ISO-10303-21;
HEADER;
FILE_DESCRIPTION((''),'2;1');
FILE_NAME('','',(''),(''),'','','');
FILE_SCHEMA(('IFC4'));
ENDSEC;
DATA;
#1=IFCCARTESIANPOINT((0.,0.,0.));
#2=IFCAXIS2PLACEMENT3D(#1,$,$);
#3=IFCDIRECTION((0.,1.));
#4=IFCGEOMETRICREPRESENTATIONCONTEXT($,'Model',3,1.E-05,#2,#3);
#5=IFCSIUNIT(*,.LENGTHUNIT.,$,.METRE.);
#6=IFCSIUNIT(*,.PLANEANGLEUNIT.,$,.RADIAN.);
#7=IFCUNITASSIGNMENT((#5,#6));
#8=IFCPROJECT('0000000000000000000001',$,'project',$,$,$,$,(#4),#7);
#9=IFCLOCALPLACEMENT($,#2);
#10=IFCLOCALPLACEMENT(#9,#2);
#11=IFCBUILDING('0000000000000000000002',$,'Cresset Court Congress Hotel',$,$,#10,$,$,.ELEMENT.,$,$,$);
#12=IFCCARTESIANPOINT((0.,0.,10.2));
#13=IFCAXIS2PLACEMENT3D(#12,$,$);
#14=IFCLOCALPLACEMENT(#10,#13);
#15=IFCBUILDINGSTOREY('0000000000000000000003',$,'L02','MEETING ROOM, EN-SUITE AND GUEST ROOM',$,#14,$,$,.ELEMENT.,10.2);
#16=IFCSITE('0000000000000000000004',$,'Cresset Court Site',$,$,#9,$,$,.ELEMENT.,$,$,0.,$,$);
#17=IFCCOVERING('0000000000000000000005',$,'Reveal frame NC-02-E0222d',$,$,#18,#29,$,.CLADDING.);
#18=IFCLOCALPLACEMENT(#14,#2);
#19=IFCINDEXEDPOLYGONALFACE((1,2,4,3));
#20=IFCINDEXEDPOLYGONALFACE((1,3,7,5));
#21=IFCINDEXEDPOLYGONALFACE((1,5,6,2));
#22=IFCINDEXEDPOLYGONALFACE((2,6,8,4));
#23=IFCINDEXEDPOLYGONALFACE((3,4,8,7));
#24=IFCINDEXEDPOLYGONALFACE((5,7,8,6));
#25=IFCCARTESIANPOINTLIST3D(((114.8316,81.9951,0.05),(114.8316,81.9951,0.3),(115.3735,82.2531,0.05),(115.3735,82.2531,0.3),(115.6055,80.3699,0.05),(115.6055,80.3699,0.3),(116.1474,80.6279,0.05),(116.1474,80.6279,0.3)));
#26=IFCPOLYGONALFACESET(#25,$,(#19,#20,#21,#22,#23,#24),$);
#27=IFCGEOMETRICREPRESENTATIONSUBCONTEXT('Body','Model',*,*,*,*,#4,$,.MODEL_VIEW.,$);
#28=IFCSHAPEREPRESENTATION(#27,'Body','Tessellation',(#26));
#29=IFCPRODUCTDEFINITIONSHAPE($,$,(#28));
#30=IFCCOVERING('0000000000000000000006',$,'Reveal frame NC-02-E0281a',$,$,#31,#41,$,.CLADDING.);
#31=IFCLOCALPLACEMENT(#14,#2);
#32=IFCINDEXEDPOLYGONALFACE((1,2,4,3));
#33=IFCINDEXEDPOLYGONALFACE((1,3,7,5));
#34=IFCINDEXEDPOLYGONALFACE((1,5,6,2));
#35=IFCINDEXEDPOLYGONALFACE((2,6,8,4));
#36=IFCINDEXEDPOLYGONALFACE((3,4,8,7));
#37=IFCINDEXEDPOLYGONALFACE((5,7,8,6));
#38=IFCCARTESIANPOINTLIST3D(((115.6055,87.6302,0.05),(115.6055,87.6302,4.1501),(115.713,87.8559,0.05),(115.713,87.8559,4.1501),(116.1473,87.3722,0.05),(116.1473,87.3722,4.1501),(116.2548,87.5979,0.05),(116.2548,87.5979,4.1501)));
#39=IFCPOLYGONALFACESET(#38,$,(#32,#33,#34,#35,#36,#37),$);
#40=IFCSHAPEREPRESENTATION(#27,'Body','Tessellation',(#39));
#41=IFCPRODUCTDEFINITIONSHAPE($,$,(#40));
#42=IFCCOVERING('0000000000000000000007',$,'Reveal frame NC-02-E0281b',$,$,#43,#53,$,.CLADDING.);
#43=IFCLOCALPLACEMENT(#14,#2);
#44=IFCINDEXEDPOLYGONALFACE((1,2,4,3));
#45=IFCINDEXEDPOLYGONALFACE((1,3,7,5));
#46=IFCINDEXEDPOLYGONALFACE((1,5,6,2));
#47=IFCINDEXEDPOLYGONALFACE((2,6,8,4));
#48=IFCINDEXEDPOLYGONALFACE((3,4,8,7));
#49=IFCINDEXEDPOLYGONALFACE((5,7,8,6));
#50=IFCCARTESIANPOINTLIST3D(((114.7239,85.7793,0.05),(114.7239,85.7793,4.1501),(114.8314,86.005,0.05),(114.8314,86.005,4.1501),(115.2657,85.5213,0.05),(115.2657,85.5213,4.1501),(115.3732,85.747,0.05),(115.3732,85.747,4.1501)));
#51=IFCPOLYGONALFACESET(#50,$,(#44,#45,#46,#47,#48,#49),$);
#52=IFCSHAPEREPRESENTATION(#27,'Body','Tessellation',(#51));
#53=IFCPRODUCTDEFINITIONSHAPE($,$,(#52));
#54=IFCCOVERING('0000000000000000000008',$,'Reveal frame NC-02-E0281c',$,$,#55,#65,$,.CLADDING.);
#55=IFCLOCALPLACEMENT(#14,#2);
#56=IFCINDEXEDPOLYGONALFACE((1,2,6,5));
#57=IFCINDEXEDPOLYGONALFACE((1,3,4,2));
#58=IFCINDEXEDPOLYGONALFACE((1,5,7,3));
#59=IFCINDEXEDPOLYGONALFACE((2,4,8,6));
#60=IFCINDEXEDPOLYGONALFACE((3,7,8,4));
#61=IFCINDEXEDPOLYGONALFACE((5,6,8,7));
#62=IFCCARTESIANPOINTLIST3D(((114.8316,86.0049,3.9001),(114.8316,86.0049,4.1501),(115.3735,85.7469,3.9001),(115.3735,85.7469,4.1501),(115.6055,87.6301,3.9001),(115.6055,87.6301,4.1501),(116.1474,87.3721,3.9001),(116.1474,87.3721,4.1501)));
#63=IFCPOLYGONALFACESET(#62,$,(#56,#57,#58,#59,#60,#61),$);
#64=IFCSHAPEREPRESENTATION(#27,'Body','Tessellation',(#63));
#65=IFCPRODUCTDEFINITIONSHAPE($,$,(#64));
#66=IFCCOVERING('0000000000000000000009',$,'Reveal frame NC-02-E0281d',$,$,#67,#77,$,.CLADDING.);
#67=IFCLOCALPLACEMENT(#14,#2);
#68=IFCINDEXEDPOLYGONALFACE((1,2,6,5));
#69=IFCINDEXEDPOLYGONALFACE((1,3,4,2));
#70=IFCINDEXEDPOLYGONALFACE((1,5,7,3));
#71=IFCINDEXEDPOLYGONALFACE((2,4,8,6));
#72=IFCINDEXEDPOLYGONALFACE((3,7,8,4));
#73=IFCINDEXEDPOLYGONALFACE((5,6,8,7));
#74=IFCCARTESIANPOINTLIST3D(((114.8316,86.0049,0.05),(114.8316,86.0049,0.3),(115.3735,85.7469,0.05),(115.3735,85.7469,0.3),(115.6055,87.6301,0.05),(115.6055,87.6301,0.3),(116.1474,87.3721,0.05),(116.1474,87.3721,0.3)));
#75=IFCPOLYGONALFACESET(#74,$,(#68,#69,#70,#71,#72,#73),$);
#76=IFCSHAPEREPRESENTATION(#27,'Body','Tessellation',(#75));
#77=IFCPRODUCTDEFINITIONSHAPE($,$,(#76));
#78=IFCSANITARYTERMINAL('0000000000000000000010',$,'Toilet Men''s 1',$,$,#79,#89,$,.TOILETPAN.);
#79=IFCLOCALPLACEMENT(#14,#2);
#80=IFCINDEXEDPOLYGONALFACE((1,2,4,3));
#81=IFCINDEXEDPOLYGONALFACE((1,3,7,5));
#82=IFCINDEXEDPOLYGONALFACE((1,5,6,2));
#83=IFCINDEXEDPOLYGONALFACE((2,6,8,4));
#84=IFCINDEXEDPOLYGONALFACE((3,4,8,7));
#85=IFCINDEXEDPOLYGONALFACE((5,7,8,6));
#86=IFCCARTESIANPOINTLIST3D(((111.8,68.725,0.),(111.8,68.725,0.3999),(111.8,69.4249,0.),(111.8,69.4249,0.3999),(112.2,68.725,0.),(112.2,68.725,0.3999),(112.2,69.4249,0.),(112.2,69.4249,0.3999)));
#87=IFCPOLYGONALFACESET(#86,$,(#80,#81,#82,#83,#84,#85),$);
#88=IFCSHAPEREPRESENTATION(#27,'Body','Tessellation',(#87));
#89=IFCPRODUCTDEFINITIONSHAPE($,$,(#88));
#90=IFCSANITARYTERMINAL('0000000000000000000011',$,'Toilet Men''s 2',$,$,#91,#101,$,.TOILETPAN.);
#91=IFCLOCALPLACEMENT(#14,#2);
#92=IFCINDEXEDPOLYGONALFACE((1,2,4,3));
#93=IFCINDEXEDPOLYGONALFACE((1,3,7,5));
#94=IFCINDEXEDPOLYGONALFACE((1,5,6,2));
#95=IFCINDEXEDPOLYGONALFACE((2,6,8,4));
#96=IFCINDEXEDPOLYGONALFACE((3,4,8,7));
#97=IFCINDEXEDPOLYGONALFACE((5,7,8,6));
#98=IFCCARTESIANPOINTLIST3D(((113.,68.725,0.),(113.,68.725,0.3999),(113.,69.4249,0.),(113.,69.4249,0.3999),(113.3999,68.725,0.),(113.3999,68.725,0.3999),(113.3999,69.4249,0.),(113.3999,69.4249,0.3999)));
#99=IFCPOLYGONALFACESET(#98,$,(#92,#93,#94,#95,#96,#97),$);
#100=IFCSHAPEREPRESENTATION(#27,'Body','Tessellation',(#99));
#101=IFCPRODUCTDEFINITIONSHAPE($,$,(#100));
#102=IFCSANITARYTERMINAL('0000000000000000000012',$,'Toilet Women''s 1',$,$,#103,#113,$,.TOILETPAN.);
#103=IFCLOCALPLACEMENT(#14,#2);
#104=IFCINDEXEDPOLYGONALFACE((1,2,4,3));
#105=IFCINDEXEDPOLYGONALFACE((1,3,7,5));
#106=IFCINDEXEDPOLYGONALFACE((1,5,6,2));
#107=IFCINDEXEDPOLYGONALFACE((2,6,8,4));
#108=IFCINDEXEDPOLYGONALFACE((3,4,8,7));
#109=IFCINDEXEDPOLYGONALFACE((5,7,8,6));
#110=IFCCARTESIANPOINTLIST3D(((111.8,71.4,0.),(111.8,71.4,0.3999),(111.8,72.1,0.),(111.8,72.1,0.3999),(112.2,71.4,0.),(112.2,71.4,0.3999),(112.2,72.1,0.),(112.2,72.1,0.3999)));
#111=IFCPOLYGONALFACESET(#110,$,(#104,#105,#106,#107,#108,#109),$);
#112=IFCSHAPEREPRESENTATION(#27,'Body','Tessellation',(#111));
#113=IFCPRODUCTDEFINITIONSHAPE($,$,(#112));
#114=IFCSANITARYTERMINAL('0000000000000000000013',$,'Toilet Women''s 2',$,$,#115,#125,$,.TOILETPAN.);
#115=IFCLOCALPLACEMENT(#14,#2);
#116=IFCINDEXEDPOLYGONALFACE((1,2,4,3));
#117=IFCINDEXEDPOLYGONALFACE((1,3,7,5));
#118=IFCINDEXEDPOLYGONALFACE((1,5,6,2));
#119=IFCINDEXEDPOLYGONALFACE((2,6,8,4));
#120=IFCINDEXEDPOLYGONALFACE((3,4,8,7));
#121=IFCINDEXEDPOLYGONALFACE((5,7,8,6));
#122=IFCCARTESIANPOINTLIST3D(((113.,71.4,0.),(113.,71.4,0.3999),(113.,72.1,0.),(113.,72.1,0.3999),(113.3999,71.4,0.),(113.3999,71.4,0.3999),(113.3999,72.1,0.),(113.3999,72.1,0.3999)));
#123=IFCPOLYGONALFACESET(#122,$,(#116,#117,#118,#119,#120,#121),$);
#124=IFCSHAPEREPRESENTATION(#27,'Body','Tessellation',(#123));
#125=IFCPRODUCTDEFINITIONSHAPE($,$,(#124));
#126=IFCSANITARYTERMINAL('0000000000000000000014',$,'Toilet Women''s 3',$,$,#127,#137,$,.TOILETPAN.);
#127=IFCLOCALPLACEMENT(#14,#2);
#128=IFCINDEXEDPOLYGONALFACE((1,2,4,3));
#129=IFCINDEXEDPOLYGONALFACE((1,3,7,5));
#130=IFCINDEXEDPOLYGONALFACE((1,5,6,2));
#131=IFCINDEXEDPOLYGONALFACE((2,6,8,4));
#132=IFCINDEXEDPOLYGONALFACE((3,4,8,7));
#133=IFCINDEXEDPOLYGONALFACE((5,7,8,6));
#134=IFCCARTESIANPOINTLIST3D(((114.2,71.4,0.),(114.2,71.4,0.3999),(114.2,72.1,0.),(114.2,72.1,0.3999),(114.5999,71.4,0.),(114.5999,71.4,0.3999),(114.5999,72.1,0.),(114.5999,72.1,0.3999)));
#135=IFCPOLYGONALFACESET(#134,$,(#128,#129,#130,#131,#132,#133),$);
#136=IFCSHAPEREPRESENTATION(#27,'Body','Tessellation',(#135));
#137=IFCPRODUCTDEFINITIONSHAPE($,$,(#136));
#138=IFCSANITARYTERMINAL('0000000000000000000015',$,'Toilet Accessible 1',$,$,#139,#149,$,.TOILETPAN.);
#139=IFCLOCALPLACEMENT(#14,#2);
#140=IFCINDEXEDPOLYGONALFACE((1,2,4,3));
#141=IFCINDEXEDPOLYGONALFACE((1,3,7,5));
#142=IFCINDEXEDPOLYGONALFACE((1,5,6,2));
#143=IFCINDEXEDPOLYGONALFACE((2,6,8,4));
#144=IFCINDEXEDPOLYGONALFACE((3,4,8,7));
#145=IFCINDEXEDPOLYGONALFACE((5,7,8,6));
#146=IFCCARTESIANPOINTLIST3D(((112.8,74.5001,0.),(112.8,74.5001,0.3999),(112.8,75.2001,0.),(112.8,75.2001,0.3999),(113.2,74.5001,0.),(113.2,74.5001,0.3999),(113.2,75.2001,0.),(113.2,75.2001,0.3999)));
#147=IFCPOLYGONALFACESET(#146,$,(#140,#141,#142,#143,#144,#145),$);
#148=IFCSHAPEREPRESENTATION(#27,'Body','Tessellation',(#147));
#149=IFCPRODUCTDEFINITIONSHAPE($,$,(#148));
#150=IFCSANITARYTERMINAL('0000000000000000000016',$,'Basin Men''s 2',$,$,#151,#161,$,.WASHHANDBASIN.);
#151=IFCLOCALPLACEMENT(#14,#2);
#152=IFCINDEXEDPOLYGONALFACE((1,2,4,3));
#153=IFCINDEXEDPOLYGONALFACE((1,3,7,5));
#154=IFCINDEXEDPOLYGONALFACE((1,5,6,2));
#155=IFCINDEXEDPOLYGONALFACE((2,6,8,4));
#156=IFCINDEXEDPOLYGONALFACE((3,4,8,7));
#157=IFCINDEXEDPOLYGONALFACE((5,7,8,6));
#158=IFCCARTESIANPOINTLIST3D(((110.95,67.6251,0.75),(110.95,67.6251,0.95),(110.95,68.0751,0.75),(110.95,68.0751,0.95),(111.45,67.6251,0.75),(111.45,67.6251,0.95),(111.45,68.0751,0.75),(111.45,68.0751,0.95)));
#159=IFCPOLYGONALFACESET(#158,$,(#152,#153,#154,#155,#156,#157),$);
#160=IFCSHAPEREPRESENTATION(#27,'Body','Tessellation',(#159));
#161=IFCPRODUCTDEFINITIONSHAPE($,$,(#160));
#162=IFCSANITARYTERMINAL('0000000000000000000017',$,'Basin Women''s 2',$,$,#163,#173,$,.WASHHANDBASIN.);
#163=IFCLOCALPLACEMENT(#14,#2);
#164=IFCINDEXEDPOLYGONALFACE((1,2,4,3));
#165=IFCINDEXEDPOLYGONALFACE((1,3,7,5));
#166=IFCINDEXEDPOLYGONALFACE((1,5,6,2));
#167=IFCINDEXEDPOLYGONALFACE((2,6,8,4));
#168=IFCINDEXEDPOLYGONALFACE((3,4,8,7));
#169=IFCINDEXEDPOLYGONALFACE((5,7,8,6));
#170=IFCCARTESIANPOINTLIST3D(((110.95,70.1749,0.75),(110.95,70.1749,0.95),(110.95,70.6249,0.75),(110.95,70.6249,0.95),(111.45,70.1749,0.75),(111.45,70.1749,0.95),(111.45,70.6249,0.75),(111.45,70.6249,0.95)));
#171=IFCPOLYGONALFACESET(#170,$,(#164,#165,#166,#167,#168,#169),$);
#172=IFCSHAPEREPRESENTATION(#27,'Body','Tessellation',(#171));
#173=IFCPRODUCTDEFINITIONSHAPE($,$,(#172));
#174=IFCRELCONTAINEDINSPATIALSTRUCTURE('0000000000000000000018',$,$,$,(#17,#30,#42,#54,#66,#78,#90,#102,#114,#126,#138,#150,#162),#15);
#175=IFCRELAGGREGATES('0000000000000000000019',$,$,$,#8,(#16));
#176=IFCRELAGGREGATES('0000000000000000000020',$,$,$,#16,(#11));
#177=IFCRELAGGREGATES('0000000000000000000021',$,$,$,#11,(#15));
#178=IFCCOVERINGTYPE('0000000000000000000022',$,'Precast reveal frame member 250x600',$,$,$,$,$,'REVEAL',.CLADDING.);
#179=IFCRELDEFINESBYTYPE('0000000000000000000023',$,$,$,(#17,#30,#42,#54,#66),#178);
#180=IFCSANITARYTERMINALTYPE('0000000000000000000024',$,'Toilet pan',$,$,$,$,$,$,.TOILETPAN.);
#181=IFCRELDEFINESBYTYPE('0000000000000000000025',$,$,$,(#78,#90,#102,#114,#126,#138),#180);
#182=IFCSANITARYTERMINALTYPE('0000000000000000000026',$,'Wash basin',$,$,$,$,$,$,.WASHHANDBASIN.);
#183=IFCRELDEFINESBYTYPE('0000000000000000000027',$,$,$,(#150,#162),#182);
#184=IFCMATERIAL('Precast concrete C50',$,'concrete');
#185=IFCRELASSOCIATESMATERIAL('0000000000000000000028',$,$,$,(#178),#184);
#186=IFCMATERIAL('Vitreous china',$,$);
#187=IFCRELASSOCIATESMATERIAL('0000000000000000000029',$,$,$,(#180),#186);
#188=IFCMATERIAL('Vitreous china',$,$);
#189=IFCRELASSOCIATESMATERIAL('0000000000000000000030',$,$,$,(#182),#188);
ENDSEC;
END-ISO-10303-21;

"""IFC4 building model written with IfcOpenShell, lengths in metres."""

from ifc_helpers import new_model, si_unit, direction, frame, origin, origin_2d, place, context, subcontext, project, spatial, rectangle, extrude, material, type_object, element, save


model = new_model("IFC4")

# Units and contexts
model_context = context("Model", 3, precision=1e-05, world=origin(), true_north=direction((0.0, 1.0)))
body_context = subcontext(model_context, "Body", "Model", "MODEL_VIEW")
ifc_project = project(units=[si_unit("LENGTHUNIT", "METRE"), si_unit("PLANEANGLEUNIT", "RADIAN")], contexts=[model_context])

# Site, building, storey
site_placement = place(None, origin())
site = spatial("IfcSite", under=ifc_project, at=site_placement, Name="Cresset Court Site", CompositionType="ELEMENT", RefElevation=0.0)
building_placement = place(site_placement, origin())
building = spatial("IfcBuilding", under=site, at=building_placement, Name="Cresset Court Congress Hotel", CompositionType="ELEMENT")
storey_placement = place(building_placement, frame((0.0, 0.0, 10.2)))
storey = spatial("IfcBuildingStorey", under=building, at=storey_placement, Name="L02", Description="MEETING ROOM, EN-SUITE AND GUEST ROOM", CompositionType="ELEMENT", Elevation=10.2)

# Coverings
ifc_material_1 = material(Name="Precast concrete C50", Category="concrete")
covering_type = type_object("IfcCoveringType", Name="Precast reveal frame member 250x600", ElementType="REVEAL", PredefinedType="CLADDING", material=ifc_material_1)
for number, where, z_axis, x_axis, name in (
    (1, (115.4895, 81.3115, 0.05), (0.0, 0.0, 1.0), (0.429933, -0.902861, 0.0), "Reveal frame NC-02-E0222d"),
):
    element("IfcCovering", number, at=place(storey_placement, frame(where, z_axis=z_axis, x_axis=x_axis)), inside=storey, type_object=covering_type, Name=name, PredefinedType="CLADDING", context=body_context, shape_type="SweptSolid", body=[
        extrude(rectangle(XDim=1.8, YDim=0.6001, at=origin_2d()), origin(), (0.0, 0.0, 1.0), 0.25),
    ])
for number, where, z_axis, x_axis, name in (
    (2, (115.9302, 87.614, 0.05), (0.0, 0.0, 1.0), (-0.429933, -0.902861, 0.0), "Reveal frame NC-02-E0281a"),
    (3, (115.0486, 85.7632, 0.05), (0.0, 0.0, 1.0), (-0.429933, -0.902861, 0.0), "Reveal frame NC-02-E0281b"),
):
    element("IfcCovering", number, at=place(storey_placement, frame(where, z_axis=z_axis, x_axis=x_axis)), inside=storey, type_object=covering_type, Name=name, PredefinedType="CLADDING", context=body_context, shape_type="SweptSolid", body=[
        extrude(rectangle(XDim=0.25, YDim=0.6001, at=origin_2d()), origin(), (0.0, 0.0, 1.0), 4.1001),
    ])
for number, where, z_axis, x_axis, name in (
    (4, (115.4895, 86.6885, 3.9001), (0.0, 0.0, 1.0), (-0.429933, -0.902861, 0.0), "Reveal frame NC-02-E0281c"),
    (5, (115.4895, 86.6885, 0.05), (0.0, 0.0, 1.0), (-0.429933, -0.902861, 0.0), "Reveal frame NC-02-E0281d"),
):
    element("IfcCovering", number, at=place(storey_placement, frame(where, z_axis=z_axis, x_axis=x_axis)), inside=storey, type_object=covering_type, Name=name, PredefinedType="CLADDING", context=body_context, shape_type="SweptSolid", body=[
        extrude(rectangle(XDim=1.8, YDim=0.6001, at=origin_2d()), origin(), (0.0, 0.0, 1.0), 0.25),
    ])

# Sanitary terminals
ifc_material_2 = material(Name="Vitreous china")
sanitary_terminal_type_1 = type_object("IfcSanitaryTerminalType", Name="Toilet pan", PredefinedType="TOILETPAN", material=ifc_material_2)
for number, where, z_axis, x_axis, name in (
    (6, (112.0, 69.075, 0.0), (0.0, 0.0, 1.0), (1.0, 0.0, 0.0), "Toilet Men's 1"),
    (7, (113.2, 69.075, 0.0), (0.0, 0.0, 1.0), (1.0, 0.0, 0.0), "Toilet Men's 2"),
    (8, (112.0, 71.75, 0.0), (0.0, 0.0, 1.0), (1.0, 0.0, 0.0), "Toilet Women's 1"),
    (9, (113.2, 71.75, 0.0), (0.0, 0.0, 1.0), (1.0, 0.0, 0.0), "Toilet Women's 2"),
    (10, (114.3999, 71.75, 0.0), (0.0, 0.0, 1.0), (1.0, 0.0, 0.0), "Toilet Women's 3"),
    (11, (113.0, 74.8501, 0.0), (0.0, 0.0, 1.0), (1.0, 0.0, 0.0), "Toilet Accessible 1"),
):
    element("IfcSanitaryTerminal", number, at=place(storey_placement, frame(where, z_axis=z_axis, x_axis=x_axis)), inside=storey, type_object=sanitary_terminal_type_1, Name=name, PredefinedType="TOILETPAN", context=body_context, shape_type="SweptSolid", body=[
        extrude(rectangle(XDim=0.3999, YDim=0.7, at=origin_2d()), origin(), (0.0, 0.0, 1.0), 0.3999),
    ])
ifc_material_3 = material(Name="Vitreous china")
sanitary_terminal_type_2 = type_object("IfcSanitaryTerminalType", Name="Wash basin", PredefinedType="WASHHANDBASIN", material=ifc_material_3)
for number, where, z_axis, x_axis, name in (
    (12, (111.2, 67.8501, 0.75), (0.0, 0.0, 1.0), (1.0, 0.0, 0.0), "Basin Men's 2"),
    (13, (111.2, 70.3999, 0.75), (0.0, 0.0, 1.0), (1.0, 0.0, 0.0), "Basin Women's 2"),
):
    element("IfcSanitaryTerminal", number, at=place(storey_placement, frame(where, z_axis=z_axis, x_axis=x_axis)), inside=storey, type_object=sanitary_terminal_type_2, Name=name, PredefinedType="WASHHANDBASIN", context=body_context, shape_type="SweptSolid", body=[
        extrude(rectangle(XDim=0.5, YDim=0.45, at=origin_2d()), origin(), (0.0, 0.0, 1.0), 0.2),
    ])

save(model, "model.ifc")
